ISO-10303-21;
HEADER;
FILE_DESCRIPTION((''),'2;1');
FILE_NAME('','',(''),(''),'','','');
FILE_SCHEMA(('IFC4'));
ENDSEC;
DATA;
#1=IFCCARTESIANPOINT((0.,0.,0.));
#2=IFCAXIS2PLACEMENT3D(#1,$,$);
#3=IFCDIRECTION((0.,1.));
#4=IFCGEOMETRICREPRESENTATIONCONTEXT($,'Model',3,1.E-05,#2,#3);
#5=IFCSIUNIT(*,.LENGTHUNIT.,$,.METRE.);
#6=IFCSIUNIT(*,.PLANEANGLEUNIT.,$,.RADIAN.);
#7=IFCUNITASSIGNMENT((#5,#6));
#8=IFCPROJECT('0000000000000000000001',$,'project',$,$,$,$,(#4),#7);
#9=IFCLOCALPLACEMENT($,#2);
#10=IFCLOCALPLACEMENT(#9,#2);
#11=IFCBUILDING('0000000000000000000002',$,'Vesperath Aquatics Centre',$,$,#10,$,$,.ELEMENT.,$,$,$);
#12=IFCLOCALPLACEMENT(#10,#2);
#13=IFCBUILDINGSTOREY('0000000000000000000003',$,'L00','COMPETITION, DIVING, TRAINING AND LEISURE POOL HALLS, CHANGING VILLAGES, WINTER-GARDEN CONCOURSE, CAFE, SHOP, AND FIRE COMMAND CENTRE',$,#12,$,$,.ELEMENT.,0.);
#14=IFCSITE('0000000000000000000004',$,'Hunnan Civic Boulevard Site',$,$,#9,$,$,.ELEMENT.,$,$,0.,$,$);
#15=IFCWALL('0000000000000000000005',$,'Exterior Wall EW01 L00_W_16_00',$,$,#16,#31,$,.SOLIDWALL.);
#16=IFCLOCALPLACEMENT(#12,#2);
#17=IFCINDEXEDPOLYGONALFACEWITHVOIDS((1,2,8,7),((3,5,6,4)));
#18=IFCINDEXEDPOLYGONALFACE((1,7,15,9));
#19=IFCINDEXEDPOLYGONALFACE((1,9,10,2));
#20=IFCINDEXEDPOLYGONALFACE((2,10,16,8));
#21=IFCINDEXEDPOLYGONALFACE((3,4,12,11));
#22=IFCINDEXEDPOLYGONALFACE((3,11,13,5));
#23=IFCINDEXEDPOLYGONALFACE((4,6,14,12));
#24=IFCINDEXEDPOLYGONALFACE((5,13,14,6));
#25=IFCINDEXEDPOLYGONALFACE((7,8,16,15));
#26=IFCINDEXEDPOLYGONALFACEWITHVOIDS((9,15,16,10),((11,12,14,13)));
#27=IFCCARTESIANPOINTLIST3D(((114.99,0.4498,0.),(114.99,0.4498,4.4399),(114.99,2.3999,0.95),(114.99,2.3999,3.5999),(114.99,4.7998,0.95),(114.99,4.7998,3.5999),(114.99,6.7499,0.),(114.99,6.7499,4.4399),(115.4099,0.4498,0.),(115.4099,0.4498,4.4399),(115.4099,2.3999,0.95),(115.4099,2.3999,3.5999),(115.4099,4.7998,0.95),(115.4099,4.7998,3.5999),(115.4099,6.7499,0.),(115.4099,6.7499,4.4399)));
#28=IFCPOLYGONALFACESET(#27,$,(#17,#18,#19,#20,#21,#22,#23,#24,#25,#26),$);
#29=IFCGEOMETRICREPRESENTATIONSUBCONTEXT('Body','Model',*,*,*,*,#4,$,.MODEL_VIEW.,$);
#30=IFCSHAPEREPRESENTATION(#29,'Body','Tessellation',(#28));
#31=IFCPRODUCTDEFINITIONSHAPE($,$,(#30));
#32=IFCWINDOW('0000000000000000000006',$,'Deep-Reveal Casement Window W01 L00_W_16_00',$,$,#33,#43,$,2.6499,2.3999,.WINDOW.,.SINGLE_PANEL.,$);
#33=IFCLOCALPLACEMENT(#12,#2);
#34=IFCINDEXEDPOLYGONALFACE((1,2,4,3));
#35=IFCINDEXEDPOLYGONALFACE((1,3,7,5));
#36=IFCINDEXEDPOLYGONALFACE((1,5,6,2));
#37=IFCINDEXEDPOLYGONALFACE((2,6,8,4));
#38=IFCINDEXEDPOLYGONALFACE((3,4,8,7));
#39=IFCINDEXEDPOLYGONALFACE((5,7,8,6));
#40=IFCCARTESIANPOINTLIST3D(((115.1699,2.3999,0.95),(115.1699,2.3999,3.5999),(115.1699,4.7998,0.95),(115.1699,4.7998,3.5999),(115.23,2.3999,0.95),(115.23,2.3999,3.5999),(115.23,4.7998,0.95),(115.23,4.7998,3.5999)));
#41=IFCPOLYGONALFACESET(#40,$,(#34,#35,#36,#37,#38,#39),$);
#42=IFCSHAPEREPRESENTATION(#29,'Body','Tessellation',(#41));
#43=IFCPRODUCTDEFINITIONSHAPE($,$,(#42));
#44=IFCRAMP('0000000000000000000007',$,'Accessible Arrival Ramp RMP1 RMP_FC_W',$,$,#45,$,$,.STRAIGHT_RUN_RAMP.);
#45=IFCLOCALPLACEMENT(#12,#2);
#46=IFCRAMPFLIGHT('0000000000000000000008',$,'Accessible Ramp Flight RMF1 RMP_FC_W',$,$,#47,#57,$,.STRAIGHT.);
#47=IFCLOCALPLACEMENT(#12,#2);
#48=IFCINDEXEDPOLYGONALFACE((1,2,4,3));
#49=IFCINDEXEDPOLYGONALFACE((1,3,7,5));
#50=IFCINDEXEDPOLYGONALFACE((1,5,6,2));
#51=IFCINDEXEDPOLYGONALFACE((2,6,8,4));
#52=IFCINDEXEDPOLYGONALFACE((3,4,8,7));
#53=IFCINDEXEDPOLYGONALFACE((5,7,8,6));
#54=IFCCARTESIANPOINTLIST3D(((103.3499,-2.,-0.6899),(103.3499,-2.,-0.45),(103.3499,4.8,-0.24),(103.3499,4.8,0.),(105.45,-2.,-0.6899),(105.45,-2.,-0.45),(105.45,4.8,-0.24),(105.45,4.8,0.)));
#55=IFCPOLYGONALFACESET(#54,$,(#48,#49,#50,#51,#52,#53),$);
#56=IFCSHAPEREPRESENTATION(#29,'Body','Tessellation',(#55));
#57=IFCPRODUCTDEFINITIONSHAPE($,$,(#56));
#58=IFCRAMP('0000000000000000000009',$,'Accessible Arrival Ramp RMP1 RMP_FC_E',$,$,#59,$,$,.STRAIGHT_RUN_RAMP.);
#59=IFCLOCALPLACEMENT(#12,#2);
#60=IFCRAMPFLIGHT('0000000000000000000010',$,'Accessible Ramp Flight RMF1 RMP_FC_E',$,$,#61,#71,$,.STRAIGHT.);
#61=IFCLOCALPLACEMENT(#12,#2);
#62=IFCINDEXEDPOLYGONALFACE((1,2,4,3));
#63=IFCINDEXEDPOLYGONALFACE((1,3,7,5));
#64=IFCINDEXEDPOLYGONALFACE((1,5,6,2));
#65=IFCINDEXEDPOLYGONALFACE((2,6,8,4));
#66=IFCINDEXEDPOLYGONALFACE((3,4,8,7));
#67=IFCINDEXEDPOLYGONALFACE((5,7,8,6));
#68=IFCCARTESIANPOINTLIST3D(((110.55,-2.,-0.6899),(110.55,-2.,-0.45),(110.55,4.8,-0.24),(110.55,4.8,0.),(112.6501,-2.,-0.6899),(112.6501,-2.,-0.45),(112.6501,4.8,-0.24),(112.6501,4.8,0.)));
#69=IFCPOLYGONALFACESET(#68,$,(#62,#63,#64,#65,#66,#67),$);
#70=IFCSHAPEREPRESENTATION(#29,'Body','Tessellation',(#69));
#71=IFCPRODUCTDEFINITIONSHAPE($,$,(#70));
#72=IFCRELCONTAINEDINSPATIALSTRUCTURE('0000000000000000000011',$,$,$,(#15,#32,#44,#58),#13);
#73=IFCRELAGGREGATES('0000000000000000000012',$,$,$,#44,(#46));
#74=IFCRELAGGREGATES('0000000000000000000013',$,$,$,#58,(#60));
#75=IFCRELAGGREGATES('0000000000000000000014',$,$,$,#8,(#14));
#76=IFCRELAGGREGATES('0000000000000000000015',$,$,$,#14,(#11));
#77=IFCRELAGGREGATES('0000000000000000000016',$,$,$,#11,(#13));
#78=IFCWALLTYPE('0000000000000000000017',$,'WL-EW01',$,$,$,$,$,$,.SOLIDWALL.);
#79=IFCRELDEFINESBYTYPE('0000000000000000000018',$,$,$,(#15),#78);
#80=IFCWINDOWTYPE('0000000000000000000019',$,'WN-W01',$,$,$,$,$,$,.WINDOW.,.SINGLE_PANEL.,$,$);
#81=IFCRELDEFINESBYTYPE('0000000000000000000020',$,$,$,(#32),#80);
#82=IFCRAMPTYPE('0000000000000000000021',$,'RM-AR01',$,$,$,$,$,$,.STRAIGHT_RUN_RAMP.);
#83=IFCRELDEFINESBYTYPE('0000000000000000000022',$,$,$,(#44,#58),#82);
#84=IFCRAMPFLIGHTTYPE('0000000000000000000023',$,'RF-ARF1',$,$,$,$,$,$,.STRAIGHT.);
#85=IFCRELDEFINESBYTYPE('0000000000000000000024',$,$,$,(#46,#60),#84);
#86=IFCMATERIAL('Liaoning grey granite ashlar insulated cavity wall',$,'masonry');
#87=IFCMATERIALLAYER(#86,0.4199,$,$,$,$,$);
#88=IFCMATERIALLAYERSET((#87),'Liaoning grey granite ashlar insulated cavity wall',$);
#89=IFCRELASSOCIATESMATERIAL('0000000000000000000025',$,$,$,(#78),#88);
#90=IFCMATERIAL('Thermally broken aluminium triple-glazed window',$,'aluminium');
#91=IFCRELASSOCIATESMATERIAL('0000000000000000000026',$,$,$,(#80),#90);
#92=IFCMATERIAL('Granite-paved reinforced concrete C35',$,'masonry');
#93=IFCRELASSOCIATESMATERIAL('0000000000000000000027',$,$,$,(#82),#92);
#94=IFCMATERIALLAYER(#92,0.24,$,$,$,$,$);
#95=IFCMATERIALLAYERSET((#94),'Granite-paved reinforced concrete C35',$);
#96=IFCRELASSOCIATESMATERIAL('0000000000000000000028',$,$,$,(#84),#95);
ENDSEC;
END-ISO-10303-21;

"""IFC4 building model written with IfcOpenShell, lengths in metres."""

from ifc_helpers import new_model, si_unit, direction, frame, frame_2d, origin, place, context, subcontext, project, spatial, polyline, rectangle, outline, extrude, material, layer, layer_set, type_object, element, fill, aggregate, save


model = new_model("IFC4")

# Units and contexts
model_context = context("Model", 3, precision=1e-05, world=origin(), true_north=direction((0.0, 1.0)))
body_context = subcontext(model_context, "Body", "Model", "MODEL_VIEW")
ifc_project = project(units=[si_unit("LENGTHUNIT", "METRE"), si_unit("PLANEANGLEUNIT", "RADIAN")], contexts=[model_context])

# Site, building, storey
site_placement = place(None, origin())
site = spatial("IfcSite", under=ifc_project, at=site_placement, Name="Hunnan Civic Boulevard Site", CompositionType="ELEMENT", RefElevation=0.0)
building_placement = place(site_placement, origin())
building = spatial("IfcBuilding", under=site, at=building_placement, Name="Vesperath Aquatics Centre", CompositionType="ELEMENT")
storey_placement = place(building_placement, origin())
storey = spatial("IfcBuildingStorey", under=building, at=storey_placement, Name="L00", Description="COMPETITION, DIVING, TRAINING AND LEISURE POOL HALLS, CHANGING VILLAGES, WINTER-GARDEN CONCOURSE, CAFE, SHOP, AND FIRE COMMAND CENTRE", CompositionType="ELEMENT", Elevation=0.0)

# Shared definitions
ifc_material_1 = material(Name="Liaoning grey granite ashlar insulated cavity wall", Category="masonry")
ifc_layer_1 = layer(ifc_material_1, 0.4199)
ifc_layer_set_1 = layer_set([ifc_layer_1], Name="Liaoning grey granite ashlar insulated cavity wall")
wall_type = type_object("IfcWallType", Name="WL-EW01", PredefinedType="SOLIDWALL", material=ifc_layer_set_1)

# Wall, opening, window
wall_1_placement = place(storey_placement, frame((115.2, 0.45, 0.0), z_axis=(0.0, 0.0, 1.0), x_axis=(0.0, 1.0, 0.0)))
wall_1 = element("IfcWall", 1, at=wall_1_placement, inside=storey, type_object=wall_type, Name="Exterior Wall EW01 L00_W_16_00", PredefinedType="SOLIDWALL", context=body_context, shape_type="SweptSolid", body=[
    extrude(rectangle(XDim=6.3, YDim=0.4199, at=frame_2d((3.1499, 0.0))), origin(), (0.0, 0.0, 1.0), 4.4399),
])
opening_1_placement = place(wall_1_placement, frame((1.95, 0.0, 0.95)))
opening_1 = element("IfcOpeningElement", 2, at=opening_1_placement, cuts=wall_1, PredefinedType="OPENING", context=body_context, shape_type="SweptSolid", body=[
    extrude(rectangle(XDim=2.3999, YDim=2.6499, at=frame_2d((1.2, 1.325))), frame((0.0, 0.2249, 0.0), z_axis=(0.0, -1.0, 0.0), x_axis=(1.0, 0.0, 0.0)), (0.0, 0.0, 1.0), 0.4497),
])
ifc_material_2 = material(Name="Thermally broken aluminium triple-glazed window", Category="aluminium")
window_type = type_object("IfcWindowType", Name="WN-W01", PartitioningType="SINGLE_PANEL", PredefinedType="WINDOW", material=ifc_material_2)
window_placement = place(opening_1_placement, origin())
window = element("IfcWindow", 3, at=window_placement, inside=storey, type_object=window_type, Name="Deep-Reveal Casement Window W01 L00_W_16_00", OverallHeight=2.6499, OverallWidth=2.3999, PartitioningType="SINGLE_PANEL", PredefinedType="WINDOW", context=body_context, shape_type="SweptSolid", body=[
    extrude(rectangle(XDim=2.3999, YDim=2.6499, at=frame_2d((1.2, 1.325))), frame((0.0, 0.03, 0.0), z_axis=(0.0, -1.0, 0.0), x_axis=(1.0, 0.0, 0.0)), (0.0, 0.0, 1.0), 0.0601),
])
fill(opening_1, window)

# Ramps, ramp flights
ifc_material_3 = material(Name="Granite-paved reinforced concrete C35", Category="masonry")
ramp_type = type_object("IfcRampType", Name="RM-AR01", PredefinedType="STRAIGHT_RUN_RAMP", material=ifc_material_3)
ramp_1_placement = place(storey_placement, origin())
ramp_1 = element("IfcRamp", 4, at=ramp_1_placement, inside=storey, type_object=ramp_type, Name="Accessible Arrival Ramp RMP1 RMP_FC_W", PredefinedType="STRAIGHT_RUN_RAMP")
ifc_layer_2 = layer(ifc_material_3, 0.24)
ifc_layer_set_2 = layer_set([ifc_layer_2], Name="Granite-paved reinforced concrete C35")
ramp_flight_type = type_object("IfcRampFlightType", Name="RF-ARF1", PredefinedType="STRAIGHT", material=ifc_layer_set_2)
ramp_flight_1_placement = place(storey_placement, frame((104.3999, -2.0, -0.45), z_axis=(0.0, 0.0, 1.0), x_axis=(0.0, 1.0, 0.0)))
ramp_flight_1 = element("IfcRampFlight", 5, at=ramp_flight_1_placement, type_object=ramp_flight_type, Name="Accessible Ramp Flight RMF1 RMP_FC_W", PredefinedType="STRAIGHT", context=body_context, shape_type="SweptSolid", body=[
    extrude(outline(polyline([(0.0, -0.24), (6.8, 0.21), (6.8, 0.45), (0.0, 0.0), (0.0, -0.24)])), frame((0.0, 1.05, 0.0), z_axis=(0.0, -1.0, 0.0), x_axis=(1.0, 0.0, 0.0)), (0.0, 0.0, 1.0), 2.1001),
])
aggregate(ramp_1, [ramp_flight_1])
ramp_2_placement = place(storey_placement, origin())
ramp_2 = element("IfcRamp", 6, at=ramp_2_placement, inside=storey, type_object=ramp_type, Name="Accessible Arrival Ramp RMP1 RMP_FC_E", PredefinedType="STRAIGHT_RUN_RAMP")
ramp_flight_2_placement = place(storey_placement, frame((111.6001, -2.0, -0.45), z_axis=(0.0, 0.0, 1.0), x_axis=(0.0, 1.0, 0.0)))
ramp_flight_2 = element("IfcRampFlight", 7, at=ramp_flight_2_placement, type_object=ramp_flight_type, Name="Accessible Ramp Flight RMF1 RMP_FC_E", PredefinedType="STRAIGHT", context=body_context, shape_type="SweptSolid", body=[
    extrude(outline(polyline([(0.0, -0.24), (6.8, 0.21), (6.8, 0.45), (0.0, 0.0), (0.0, -0.24)])), frame((0.0, 1.05, 0.0), z_axis=(0.0, -1.0, 0.0), x_axis=(1.0, 0.0, 0.0)), (0.0, 0.0, 1.0), 2.1001),
])
aggregate(ramp_2, [ramp_flight_2])

save(model, "model.ifc")
